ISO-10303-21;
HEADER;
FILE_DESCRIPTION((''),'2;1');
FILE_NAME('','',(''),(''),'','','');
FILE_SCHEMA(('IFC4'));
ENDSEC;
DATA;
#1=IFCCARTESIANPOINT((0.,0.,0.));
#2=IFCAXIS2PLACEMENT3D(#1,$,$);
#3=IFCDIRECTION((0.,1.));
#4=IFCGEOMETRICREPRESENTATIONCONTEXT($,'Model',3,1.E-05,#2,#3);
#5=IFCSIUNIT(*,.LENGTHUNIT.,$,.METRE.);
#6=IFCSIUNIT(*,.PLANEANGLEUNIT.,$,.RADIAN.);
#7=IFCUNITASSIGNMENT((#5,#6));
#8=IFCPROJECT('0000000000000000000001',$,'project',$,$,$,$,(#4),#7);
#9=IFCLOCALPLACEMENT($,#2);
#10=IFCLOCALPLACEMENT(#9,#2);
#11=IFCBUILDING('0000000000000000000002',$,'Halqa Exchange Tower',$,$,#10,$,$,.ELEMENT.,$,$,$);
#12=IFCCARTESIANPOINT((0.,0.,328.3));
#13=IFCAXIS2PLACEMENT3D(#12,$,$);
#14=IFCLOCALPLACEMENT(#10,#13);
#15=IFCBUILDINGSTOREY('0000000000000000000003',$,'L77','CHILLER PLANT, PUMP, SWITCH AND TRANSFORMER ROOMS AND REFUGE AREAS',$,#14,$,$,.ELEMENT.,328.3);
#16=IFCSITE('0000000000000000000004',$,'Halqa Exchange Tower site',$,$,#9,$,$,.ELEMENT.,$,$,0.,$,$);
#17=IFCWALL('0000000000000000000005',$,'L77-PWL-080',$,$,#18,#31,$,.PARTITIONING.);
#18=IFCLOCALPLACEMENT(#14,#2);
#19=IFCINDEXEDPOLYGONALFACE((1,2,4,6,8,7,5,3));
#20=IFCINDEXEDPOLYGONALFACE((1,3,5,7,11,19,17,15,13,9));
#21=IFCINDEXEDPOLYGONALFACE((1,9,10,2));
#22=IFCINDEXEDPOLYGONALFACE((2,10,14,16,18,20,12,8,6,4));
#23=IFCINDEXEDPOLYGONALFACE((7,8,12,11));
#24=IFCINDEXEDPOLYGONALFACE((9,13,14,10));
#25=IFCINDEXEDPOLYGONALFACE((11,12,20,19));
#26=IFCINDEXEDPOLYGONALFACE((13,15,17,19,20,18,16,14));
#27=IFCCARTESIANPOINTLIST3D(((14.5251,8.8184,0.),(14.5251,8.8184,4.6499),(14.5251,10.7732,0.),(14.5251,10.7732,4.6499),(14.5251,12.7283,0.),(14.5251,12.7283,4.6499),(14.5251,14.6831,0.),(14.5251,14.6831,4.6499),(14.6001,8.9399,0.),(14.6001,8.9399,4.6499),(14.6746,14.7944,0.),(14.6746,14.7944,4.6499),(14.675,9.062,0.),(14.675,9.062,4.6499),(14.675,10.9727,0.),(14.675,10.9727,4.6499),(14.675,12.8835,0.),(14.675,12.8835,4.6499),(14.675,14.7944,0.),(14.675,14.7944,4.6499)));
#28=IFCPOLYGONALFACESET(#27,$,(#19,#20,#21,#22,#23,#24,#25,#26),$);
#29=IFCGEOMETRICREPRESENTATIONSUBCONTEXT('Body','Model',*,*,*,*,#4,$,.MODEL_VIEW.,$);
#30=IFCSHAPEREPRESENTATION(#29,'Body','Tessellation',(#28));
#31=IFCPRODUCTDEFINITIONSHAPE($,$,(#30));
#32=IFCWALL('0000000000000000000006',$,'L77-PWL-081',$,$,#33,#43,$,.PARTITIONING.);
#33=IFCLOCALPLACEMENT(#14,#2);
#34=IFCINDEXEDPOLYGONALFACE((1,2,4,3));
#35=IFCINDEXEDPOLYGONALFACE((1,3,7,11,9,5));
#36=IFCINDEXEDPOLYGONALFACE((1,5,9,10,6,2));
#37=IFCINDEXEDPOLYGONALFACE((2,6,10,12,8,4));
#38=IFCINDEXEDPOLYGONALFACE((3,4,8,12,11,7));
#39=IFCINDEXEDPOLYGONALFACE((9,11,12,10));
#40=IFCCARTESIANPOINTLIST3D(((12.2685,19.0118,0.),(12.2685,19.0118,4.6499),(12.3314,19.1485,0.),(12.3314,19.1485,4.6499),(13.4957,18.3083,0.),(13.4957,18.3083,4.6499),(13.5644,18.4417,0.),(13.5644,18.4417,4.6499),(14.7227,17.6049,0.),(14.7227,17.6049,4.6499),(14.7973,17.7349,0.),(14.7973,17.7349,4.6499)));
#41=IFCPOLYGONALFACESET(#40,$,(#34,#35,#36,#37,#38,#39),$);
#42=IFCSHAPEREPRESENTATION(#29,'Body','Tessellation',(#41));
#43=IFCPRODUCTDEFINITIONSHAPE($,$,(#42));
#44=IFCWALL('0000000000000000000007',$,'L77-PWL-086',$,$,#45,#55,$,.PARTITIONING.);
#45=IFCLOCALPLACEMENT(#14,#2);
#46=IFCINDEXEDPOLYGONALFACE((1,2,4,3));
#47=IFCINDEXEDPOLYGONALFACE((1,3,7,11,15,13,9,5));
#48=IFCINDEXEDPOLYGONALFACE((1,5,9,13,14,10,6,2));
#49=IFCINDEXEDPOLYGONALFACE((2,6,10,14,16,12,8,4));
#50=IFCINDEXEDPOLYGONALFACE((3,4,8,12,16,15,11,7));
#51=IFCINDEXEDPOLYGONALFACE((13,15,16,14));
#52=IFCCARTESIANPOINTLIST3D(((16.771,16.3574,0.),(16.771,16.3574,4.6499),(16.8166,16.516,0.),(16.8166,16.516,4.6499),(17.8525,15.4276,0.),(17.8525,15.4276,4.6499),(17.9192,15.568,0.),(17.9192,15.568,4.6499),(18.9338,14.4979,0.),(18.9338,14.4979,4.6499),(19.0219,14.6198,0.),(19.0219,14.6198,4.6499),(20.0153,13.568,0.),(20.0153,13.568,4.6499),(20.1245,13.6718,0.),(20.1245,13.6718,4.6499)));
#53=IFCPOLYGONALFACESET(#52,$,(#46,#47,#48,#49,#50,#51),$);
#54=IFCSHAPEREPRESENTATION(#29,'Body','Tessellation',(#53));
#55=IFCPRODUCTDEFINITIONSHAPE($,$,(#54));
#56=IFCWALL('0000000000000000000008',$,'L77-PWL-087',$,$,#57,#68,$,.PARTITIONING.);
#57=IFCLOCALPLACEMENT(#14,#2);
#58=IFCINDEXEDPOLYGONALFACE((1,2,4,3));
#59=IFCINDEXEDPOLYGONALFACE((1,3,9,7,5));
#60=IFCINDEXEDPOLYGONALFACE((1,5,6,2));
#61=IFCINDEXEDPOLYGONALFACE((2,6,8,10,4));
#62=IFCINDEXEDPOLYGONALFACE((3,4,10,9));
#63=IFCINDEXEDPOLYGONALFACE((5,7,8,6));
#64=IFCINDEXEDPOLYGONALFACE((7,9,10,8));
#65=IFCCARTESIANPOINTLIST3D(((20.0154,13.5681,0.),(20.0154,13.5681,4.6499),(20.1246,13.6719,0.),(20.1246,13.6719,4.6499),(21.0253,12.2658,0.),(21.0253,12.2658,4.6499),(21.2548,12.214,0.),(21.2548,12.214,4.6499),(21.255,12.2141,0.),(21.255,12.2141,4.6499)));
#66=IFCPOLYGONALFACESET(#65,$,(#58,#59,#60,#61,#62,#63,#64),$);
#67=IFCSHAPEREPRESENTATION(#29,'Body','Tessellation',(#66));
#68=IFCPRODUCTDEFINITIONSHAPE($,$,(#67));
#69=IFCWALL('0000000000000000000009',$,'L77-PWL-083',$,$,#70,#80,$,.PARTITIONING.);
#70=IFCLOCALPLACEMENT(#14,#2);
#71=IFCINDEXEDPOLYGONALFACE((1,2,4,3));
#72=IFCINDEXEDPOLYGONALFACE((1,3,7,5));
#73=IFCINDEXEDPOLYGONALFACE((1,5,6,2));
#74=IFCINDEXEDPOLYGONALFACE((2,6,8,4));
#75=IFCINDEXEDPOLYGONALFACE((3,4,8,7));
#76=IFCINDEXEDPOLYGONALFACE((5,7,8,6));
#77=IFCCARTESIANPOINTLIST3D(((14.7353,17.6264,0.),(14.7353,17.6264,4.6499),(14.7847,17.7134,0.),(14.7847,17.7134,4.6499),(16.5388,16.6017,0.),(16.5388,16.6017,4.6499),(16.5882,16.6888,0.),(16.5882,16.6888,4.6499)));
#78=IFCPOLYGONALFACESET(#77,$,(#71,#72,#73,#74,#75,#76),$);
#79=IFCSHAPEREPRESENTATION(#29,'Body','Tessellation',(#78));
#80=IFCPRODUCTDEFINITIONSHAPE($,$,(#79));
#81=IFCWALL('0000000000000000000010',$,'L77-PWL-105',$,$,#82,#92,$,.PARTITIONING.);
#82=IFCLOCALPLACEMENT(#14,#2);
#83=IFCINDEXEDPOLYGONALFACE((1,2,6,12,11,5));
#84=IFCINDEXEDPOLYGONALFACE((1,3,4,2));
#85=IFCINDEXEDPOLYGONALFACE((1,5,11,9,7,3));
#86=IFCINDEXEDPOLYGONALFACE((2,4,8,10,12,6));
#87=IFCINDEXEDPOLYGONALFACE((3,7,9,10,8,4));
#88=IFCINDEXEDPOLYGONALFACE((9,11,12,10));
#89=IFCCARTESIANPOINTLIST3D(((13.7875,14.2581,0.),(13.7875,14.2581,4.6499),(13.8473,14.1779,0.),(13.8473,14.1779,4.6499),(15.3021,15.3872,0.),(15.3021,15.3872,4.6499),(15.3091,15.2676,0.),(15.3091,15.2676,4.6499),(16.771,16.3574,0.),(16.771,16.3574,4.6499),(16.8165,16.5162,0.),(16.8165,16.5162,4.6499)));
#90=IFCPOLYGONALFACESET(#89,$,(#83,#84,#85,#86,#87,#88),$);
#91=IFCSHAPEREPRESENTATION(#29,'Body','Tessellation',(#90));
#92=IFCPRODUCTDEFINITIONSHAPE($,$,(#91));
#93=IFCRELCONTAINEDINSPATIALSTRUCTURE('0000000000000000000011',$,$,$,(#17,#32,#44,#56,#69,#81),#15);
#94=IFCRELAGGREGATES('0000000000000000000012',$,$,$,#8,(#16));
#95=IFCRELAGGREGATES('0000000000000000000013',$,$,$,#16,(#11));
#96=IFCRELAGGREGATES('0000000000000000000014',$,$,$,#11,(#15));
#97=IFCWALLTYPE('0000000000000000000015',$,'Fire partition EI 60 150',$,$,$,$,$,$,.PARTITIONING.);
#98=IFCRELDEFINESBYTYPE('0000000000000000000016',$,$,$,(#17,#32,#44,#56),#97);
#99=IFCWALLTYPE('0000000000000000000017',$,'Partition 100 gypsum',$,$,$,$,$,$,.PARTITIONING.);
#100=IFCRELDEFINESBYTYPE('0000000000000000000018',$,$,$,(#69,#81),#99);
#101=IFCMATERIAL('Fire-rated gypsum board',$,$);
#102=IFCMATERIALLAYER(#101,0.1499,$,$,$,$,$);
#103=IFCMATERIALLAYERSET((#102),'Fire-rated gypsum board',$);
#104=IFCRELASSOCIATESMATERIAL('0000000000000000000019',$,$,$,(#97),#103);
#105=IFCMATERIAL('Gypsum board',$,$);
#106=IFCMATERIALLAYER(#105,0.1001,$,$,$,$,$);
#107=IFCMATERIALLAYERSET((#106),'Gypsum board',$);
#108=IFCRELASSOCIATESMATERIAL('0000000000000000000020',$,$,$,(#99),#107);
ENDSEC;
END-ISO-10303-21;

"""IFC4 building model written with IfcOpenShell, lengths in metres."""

from ifc_helpers import new_model, si_unit, direction, frame, frame_2d, origin, place, context, subcontext, project, spatial, polyline, rectangle, outline, extrude, material, layer, layer_set, type_object, element, save


model = new_model("IFC4")

# Units and contexts
model_context = context("Model", 3, precision=1e-05, world=origin(), true_north=direction((0.0, 1.0)))
body_context = subcontext(model_context, "Body", "Model", "MODEL_VIEW")
ifc_project = project(units=[si_unit("LENGTHUNIT", "METRE"), si_unit("PLANEANGLEUNIT", "RADIAN")], contexts=[model_context])

# Site, building, storey
site_placement = place(None, origin())
site = spatial("IfcSite", under=ifc_project, at=site_placement, Name="Halqa Exchange Tower site", CompositionType="ELEMENT", RefElevation=0.0)
building_placement = place(site_placement, origin())
building = spatial("IfcBuilding", under=site, at=building_placement, Name="Halqa Exchange Tower", CompositionType="ELEMENT")
storey_placement = place(building_placement, frame((0.0, 0.0, 328.3)))
storey = spatial("IfcBuildingStorey", under=building, at=storey_placement, Name="L77", Description="CHILLER PLANT, PUMP, SWITCH AND TRANSFORMER ROOMS AND REFUGE AREAS", CompositionType="ELEMENT", Elevation=328.3)

# Walls
ifc_material_1 = material(Name="Fire-rated gypsum board")
ifc_layer_1 = layer(ifc_material_1, 0.1499)
ifc_layer_set_1 = layer_set([ifc_layer_1], Name="Fire-rated gypsum board")
wall_type_1 = type_object("IfcWallType", Name="Fire partition EI 60 150", PredefinedType="PARTITIONING", material=ifc_layer_set_1)
wall_1_placement = place(storey_placement, frame((14.6001, 14.7944, 0.0), z_axis=(0.0, 0.0, 1.0), x_axis=(0.0, -1.0, 0.0)))
element("IfcWall", 1, at=wall_1_placement, inside=storey, type_object=wall_type_1, Name="L77-PWL-080", PredefinedType="PARTITIONING", context=body_context, shape_type="SweptSolid", body=[
    extrude(outline(polyline([(0.1113, -0.075), (2.0662, -0.075), (4.0212, -0.075), (5.9761, -0.075), (5.8545, 0.0), (5.7324, 0.075), (5.7324, 0.075), (5.7324, 0.075), (3.8218, 0.075), (1.9109, 0.075), (0.0, 0.075), (0.0, 0.0745), (0.1113, -0.075)])), origin(), (0.0, 0.0, 1.0), 4.6499),
])
wall_2_placement = place(storey_placement, frame((14.76, 17.6699, 0.0), z_axis=(0.0, 0.0, 1.0), x_axis=(-0.867555, 0.497341, 0.0)))
element("IfcWall", 2, at=wall_2_placement, inside=storey, type_object=wall_type_1, Name="L77-PWL-081", PredefinedType="PARTITIONING", context=body_context, shape_type="SweptSolid", body=[
    extrude(outline(polyline([(0.0, -0.075), (1.4211, -0.075), (2.8423, -0.075), (2.8289, 0.075), (1.4143, 0.075), (0.0, 0.075), (0.0, -0.075)])), origin(), (0.0, 0.0, 1.0), 4.6499),
])
wall_3_placement = place(storey_placement, frame((20.0757, 13.615, 0.0), z_axis=(0.0, 0.0, 1.0), x_axis=(-0.758268, 0.651943, 0.0)))
element("IfcWall", 3, at=wall_3_placement, inside=storey, type_object=wall_type_1, Name="L77-PWL-086", PredefinedType="PARTITIONING", context=body_context, shape_type="SweptSolid", body=[
    extrude(outline(polyline([(0.0, -0.075), (1.4541, -0.075), (2.9084, -0.075), (4.3625, -0.075), (4.2937, 0.075), (2.8674, 0.075), (1.4414, 0.075), (0.0151, 0.075), (0.0, -0.075)])), origin(), (0.0, 0.0, 1.0), 4.6499),
])
wall_4_placement = place(storey_placement, frame((21.1958, 12.1682, 0.0), z_axis=(0.0, 0.0, 1.0), x_axis=(-0.612776, 0.790256, 0.0)))
element("IfcWall", 4, at=wall_4_placement, inside=storey, type_object=wall_type_1, Name="L77-PWL-087", PredefinedType="PARTITIONING", context=body_context, shape_type="SweptSolid", body=[
    extrude(outline(polyline([(0.0, -0.075), (1.8447, -0.075), (1.8296, 0.075), (0.1816, 0.075), (0.0, -0.0747), (0.0, -0.075)])), origin(), (0.0, 0.0, 1.0), 4.6499),
])
ifc_material_2 = material(Name="Gypsum board")
ifc_layer_2 = layer(ifc_material_2, 0.1001)
ifc_layer_set_2 = layer_set([ifc_layer_2], Name="Gypsum board")
wall_type_2 = type_object("IfcWallType", Name="Partition 100 gypsum", PredefinedType="PARTITIONING", material=ifc_layer_set_2)
wall_5_placement = place(storey_placement, frame((16.5635, 16.6453, 0.0), z_axis=(0.0, 0.0, 1.0), x_axis=(-0.869465, 0.493995, 0.0)))
element("IfcWall", 5, at=wall_5_placement, inside=storey, type_object=wall_type_2, Name="L77-PWL-083", PredefinedType="PARTITIONING", context=body_context, shape_type="SweptSolid", body=[
    extrude(rectangle(XDim=2.0742, YDim=0.1001, at=frame_2d((1.0371, 0.0))), origin(), (0.0, 0.0, 1.0), 4.6499),
])
wall_6_placement = place(storey_placement, frame((13.8174, 14.218, 0.0), z_axis=(0.0, 0.0, 1.0), x_axis=(0.801741, 0.597671, 0.0)))
element("IfcWall", 6, at=wall_6_placement, inside=storey, type_object=wall_type_2, Name="L77-PWL-105", PredefinedType="PARTITIONING", context=body_context, shape_type="SweptSolid", body=[
    extrude(outline(polyline([(0.0, -0.05), (1.8232, -0.05), (3.6467, -0.05), (3.7781, 0.05), (3.7781, 0.05), (1.8892, 0.05), (0.0, 0.05), (0.0, -0.05)])), origin(), (0.0, 0.0, 1.0), 4.6499),
])

save(model, "model.ifc")
